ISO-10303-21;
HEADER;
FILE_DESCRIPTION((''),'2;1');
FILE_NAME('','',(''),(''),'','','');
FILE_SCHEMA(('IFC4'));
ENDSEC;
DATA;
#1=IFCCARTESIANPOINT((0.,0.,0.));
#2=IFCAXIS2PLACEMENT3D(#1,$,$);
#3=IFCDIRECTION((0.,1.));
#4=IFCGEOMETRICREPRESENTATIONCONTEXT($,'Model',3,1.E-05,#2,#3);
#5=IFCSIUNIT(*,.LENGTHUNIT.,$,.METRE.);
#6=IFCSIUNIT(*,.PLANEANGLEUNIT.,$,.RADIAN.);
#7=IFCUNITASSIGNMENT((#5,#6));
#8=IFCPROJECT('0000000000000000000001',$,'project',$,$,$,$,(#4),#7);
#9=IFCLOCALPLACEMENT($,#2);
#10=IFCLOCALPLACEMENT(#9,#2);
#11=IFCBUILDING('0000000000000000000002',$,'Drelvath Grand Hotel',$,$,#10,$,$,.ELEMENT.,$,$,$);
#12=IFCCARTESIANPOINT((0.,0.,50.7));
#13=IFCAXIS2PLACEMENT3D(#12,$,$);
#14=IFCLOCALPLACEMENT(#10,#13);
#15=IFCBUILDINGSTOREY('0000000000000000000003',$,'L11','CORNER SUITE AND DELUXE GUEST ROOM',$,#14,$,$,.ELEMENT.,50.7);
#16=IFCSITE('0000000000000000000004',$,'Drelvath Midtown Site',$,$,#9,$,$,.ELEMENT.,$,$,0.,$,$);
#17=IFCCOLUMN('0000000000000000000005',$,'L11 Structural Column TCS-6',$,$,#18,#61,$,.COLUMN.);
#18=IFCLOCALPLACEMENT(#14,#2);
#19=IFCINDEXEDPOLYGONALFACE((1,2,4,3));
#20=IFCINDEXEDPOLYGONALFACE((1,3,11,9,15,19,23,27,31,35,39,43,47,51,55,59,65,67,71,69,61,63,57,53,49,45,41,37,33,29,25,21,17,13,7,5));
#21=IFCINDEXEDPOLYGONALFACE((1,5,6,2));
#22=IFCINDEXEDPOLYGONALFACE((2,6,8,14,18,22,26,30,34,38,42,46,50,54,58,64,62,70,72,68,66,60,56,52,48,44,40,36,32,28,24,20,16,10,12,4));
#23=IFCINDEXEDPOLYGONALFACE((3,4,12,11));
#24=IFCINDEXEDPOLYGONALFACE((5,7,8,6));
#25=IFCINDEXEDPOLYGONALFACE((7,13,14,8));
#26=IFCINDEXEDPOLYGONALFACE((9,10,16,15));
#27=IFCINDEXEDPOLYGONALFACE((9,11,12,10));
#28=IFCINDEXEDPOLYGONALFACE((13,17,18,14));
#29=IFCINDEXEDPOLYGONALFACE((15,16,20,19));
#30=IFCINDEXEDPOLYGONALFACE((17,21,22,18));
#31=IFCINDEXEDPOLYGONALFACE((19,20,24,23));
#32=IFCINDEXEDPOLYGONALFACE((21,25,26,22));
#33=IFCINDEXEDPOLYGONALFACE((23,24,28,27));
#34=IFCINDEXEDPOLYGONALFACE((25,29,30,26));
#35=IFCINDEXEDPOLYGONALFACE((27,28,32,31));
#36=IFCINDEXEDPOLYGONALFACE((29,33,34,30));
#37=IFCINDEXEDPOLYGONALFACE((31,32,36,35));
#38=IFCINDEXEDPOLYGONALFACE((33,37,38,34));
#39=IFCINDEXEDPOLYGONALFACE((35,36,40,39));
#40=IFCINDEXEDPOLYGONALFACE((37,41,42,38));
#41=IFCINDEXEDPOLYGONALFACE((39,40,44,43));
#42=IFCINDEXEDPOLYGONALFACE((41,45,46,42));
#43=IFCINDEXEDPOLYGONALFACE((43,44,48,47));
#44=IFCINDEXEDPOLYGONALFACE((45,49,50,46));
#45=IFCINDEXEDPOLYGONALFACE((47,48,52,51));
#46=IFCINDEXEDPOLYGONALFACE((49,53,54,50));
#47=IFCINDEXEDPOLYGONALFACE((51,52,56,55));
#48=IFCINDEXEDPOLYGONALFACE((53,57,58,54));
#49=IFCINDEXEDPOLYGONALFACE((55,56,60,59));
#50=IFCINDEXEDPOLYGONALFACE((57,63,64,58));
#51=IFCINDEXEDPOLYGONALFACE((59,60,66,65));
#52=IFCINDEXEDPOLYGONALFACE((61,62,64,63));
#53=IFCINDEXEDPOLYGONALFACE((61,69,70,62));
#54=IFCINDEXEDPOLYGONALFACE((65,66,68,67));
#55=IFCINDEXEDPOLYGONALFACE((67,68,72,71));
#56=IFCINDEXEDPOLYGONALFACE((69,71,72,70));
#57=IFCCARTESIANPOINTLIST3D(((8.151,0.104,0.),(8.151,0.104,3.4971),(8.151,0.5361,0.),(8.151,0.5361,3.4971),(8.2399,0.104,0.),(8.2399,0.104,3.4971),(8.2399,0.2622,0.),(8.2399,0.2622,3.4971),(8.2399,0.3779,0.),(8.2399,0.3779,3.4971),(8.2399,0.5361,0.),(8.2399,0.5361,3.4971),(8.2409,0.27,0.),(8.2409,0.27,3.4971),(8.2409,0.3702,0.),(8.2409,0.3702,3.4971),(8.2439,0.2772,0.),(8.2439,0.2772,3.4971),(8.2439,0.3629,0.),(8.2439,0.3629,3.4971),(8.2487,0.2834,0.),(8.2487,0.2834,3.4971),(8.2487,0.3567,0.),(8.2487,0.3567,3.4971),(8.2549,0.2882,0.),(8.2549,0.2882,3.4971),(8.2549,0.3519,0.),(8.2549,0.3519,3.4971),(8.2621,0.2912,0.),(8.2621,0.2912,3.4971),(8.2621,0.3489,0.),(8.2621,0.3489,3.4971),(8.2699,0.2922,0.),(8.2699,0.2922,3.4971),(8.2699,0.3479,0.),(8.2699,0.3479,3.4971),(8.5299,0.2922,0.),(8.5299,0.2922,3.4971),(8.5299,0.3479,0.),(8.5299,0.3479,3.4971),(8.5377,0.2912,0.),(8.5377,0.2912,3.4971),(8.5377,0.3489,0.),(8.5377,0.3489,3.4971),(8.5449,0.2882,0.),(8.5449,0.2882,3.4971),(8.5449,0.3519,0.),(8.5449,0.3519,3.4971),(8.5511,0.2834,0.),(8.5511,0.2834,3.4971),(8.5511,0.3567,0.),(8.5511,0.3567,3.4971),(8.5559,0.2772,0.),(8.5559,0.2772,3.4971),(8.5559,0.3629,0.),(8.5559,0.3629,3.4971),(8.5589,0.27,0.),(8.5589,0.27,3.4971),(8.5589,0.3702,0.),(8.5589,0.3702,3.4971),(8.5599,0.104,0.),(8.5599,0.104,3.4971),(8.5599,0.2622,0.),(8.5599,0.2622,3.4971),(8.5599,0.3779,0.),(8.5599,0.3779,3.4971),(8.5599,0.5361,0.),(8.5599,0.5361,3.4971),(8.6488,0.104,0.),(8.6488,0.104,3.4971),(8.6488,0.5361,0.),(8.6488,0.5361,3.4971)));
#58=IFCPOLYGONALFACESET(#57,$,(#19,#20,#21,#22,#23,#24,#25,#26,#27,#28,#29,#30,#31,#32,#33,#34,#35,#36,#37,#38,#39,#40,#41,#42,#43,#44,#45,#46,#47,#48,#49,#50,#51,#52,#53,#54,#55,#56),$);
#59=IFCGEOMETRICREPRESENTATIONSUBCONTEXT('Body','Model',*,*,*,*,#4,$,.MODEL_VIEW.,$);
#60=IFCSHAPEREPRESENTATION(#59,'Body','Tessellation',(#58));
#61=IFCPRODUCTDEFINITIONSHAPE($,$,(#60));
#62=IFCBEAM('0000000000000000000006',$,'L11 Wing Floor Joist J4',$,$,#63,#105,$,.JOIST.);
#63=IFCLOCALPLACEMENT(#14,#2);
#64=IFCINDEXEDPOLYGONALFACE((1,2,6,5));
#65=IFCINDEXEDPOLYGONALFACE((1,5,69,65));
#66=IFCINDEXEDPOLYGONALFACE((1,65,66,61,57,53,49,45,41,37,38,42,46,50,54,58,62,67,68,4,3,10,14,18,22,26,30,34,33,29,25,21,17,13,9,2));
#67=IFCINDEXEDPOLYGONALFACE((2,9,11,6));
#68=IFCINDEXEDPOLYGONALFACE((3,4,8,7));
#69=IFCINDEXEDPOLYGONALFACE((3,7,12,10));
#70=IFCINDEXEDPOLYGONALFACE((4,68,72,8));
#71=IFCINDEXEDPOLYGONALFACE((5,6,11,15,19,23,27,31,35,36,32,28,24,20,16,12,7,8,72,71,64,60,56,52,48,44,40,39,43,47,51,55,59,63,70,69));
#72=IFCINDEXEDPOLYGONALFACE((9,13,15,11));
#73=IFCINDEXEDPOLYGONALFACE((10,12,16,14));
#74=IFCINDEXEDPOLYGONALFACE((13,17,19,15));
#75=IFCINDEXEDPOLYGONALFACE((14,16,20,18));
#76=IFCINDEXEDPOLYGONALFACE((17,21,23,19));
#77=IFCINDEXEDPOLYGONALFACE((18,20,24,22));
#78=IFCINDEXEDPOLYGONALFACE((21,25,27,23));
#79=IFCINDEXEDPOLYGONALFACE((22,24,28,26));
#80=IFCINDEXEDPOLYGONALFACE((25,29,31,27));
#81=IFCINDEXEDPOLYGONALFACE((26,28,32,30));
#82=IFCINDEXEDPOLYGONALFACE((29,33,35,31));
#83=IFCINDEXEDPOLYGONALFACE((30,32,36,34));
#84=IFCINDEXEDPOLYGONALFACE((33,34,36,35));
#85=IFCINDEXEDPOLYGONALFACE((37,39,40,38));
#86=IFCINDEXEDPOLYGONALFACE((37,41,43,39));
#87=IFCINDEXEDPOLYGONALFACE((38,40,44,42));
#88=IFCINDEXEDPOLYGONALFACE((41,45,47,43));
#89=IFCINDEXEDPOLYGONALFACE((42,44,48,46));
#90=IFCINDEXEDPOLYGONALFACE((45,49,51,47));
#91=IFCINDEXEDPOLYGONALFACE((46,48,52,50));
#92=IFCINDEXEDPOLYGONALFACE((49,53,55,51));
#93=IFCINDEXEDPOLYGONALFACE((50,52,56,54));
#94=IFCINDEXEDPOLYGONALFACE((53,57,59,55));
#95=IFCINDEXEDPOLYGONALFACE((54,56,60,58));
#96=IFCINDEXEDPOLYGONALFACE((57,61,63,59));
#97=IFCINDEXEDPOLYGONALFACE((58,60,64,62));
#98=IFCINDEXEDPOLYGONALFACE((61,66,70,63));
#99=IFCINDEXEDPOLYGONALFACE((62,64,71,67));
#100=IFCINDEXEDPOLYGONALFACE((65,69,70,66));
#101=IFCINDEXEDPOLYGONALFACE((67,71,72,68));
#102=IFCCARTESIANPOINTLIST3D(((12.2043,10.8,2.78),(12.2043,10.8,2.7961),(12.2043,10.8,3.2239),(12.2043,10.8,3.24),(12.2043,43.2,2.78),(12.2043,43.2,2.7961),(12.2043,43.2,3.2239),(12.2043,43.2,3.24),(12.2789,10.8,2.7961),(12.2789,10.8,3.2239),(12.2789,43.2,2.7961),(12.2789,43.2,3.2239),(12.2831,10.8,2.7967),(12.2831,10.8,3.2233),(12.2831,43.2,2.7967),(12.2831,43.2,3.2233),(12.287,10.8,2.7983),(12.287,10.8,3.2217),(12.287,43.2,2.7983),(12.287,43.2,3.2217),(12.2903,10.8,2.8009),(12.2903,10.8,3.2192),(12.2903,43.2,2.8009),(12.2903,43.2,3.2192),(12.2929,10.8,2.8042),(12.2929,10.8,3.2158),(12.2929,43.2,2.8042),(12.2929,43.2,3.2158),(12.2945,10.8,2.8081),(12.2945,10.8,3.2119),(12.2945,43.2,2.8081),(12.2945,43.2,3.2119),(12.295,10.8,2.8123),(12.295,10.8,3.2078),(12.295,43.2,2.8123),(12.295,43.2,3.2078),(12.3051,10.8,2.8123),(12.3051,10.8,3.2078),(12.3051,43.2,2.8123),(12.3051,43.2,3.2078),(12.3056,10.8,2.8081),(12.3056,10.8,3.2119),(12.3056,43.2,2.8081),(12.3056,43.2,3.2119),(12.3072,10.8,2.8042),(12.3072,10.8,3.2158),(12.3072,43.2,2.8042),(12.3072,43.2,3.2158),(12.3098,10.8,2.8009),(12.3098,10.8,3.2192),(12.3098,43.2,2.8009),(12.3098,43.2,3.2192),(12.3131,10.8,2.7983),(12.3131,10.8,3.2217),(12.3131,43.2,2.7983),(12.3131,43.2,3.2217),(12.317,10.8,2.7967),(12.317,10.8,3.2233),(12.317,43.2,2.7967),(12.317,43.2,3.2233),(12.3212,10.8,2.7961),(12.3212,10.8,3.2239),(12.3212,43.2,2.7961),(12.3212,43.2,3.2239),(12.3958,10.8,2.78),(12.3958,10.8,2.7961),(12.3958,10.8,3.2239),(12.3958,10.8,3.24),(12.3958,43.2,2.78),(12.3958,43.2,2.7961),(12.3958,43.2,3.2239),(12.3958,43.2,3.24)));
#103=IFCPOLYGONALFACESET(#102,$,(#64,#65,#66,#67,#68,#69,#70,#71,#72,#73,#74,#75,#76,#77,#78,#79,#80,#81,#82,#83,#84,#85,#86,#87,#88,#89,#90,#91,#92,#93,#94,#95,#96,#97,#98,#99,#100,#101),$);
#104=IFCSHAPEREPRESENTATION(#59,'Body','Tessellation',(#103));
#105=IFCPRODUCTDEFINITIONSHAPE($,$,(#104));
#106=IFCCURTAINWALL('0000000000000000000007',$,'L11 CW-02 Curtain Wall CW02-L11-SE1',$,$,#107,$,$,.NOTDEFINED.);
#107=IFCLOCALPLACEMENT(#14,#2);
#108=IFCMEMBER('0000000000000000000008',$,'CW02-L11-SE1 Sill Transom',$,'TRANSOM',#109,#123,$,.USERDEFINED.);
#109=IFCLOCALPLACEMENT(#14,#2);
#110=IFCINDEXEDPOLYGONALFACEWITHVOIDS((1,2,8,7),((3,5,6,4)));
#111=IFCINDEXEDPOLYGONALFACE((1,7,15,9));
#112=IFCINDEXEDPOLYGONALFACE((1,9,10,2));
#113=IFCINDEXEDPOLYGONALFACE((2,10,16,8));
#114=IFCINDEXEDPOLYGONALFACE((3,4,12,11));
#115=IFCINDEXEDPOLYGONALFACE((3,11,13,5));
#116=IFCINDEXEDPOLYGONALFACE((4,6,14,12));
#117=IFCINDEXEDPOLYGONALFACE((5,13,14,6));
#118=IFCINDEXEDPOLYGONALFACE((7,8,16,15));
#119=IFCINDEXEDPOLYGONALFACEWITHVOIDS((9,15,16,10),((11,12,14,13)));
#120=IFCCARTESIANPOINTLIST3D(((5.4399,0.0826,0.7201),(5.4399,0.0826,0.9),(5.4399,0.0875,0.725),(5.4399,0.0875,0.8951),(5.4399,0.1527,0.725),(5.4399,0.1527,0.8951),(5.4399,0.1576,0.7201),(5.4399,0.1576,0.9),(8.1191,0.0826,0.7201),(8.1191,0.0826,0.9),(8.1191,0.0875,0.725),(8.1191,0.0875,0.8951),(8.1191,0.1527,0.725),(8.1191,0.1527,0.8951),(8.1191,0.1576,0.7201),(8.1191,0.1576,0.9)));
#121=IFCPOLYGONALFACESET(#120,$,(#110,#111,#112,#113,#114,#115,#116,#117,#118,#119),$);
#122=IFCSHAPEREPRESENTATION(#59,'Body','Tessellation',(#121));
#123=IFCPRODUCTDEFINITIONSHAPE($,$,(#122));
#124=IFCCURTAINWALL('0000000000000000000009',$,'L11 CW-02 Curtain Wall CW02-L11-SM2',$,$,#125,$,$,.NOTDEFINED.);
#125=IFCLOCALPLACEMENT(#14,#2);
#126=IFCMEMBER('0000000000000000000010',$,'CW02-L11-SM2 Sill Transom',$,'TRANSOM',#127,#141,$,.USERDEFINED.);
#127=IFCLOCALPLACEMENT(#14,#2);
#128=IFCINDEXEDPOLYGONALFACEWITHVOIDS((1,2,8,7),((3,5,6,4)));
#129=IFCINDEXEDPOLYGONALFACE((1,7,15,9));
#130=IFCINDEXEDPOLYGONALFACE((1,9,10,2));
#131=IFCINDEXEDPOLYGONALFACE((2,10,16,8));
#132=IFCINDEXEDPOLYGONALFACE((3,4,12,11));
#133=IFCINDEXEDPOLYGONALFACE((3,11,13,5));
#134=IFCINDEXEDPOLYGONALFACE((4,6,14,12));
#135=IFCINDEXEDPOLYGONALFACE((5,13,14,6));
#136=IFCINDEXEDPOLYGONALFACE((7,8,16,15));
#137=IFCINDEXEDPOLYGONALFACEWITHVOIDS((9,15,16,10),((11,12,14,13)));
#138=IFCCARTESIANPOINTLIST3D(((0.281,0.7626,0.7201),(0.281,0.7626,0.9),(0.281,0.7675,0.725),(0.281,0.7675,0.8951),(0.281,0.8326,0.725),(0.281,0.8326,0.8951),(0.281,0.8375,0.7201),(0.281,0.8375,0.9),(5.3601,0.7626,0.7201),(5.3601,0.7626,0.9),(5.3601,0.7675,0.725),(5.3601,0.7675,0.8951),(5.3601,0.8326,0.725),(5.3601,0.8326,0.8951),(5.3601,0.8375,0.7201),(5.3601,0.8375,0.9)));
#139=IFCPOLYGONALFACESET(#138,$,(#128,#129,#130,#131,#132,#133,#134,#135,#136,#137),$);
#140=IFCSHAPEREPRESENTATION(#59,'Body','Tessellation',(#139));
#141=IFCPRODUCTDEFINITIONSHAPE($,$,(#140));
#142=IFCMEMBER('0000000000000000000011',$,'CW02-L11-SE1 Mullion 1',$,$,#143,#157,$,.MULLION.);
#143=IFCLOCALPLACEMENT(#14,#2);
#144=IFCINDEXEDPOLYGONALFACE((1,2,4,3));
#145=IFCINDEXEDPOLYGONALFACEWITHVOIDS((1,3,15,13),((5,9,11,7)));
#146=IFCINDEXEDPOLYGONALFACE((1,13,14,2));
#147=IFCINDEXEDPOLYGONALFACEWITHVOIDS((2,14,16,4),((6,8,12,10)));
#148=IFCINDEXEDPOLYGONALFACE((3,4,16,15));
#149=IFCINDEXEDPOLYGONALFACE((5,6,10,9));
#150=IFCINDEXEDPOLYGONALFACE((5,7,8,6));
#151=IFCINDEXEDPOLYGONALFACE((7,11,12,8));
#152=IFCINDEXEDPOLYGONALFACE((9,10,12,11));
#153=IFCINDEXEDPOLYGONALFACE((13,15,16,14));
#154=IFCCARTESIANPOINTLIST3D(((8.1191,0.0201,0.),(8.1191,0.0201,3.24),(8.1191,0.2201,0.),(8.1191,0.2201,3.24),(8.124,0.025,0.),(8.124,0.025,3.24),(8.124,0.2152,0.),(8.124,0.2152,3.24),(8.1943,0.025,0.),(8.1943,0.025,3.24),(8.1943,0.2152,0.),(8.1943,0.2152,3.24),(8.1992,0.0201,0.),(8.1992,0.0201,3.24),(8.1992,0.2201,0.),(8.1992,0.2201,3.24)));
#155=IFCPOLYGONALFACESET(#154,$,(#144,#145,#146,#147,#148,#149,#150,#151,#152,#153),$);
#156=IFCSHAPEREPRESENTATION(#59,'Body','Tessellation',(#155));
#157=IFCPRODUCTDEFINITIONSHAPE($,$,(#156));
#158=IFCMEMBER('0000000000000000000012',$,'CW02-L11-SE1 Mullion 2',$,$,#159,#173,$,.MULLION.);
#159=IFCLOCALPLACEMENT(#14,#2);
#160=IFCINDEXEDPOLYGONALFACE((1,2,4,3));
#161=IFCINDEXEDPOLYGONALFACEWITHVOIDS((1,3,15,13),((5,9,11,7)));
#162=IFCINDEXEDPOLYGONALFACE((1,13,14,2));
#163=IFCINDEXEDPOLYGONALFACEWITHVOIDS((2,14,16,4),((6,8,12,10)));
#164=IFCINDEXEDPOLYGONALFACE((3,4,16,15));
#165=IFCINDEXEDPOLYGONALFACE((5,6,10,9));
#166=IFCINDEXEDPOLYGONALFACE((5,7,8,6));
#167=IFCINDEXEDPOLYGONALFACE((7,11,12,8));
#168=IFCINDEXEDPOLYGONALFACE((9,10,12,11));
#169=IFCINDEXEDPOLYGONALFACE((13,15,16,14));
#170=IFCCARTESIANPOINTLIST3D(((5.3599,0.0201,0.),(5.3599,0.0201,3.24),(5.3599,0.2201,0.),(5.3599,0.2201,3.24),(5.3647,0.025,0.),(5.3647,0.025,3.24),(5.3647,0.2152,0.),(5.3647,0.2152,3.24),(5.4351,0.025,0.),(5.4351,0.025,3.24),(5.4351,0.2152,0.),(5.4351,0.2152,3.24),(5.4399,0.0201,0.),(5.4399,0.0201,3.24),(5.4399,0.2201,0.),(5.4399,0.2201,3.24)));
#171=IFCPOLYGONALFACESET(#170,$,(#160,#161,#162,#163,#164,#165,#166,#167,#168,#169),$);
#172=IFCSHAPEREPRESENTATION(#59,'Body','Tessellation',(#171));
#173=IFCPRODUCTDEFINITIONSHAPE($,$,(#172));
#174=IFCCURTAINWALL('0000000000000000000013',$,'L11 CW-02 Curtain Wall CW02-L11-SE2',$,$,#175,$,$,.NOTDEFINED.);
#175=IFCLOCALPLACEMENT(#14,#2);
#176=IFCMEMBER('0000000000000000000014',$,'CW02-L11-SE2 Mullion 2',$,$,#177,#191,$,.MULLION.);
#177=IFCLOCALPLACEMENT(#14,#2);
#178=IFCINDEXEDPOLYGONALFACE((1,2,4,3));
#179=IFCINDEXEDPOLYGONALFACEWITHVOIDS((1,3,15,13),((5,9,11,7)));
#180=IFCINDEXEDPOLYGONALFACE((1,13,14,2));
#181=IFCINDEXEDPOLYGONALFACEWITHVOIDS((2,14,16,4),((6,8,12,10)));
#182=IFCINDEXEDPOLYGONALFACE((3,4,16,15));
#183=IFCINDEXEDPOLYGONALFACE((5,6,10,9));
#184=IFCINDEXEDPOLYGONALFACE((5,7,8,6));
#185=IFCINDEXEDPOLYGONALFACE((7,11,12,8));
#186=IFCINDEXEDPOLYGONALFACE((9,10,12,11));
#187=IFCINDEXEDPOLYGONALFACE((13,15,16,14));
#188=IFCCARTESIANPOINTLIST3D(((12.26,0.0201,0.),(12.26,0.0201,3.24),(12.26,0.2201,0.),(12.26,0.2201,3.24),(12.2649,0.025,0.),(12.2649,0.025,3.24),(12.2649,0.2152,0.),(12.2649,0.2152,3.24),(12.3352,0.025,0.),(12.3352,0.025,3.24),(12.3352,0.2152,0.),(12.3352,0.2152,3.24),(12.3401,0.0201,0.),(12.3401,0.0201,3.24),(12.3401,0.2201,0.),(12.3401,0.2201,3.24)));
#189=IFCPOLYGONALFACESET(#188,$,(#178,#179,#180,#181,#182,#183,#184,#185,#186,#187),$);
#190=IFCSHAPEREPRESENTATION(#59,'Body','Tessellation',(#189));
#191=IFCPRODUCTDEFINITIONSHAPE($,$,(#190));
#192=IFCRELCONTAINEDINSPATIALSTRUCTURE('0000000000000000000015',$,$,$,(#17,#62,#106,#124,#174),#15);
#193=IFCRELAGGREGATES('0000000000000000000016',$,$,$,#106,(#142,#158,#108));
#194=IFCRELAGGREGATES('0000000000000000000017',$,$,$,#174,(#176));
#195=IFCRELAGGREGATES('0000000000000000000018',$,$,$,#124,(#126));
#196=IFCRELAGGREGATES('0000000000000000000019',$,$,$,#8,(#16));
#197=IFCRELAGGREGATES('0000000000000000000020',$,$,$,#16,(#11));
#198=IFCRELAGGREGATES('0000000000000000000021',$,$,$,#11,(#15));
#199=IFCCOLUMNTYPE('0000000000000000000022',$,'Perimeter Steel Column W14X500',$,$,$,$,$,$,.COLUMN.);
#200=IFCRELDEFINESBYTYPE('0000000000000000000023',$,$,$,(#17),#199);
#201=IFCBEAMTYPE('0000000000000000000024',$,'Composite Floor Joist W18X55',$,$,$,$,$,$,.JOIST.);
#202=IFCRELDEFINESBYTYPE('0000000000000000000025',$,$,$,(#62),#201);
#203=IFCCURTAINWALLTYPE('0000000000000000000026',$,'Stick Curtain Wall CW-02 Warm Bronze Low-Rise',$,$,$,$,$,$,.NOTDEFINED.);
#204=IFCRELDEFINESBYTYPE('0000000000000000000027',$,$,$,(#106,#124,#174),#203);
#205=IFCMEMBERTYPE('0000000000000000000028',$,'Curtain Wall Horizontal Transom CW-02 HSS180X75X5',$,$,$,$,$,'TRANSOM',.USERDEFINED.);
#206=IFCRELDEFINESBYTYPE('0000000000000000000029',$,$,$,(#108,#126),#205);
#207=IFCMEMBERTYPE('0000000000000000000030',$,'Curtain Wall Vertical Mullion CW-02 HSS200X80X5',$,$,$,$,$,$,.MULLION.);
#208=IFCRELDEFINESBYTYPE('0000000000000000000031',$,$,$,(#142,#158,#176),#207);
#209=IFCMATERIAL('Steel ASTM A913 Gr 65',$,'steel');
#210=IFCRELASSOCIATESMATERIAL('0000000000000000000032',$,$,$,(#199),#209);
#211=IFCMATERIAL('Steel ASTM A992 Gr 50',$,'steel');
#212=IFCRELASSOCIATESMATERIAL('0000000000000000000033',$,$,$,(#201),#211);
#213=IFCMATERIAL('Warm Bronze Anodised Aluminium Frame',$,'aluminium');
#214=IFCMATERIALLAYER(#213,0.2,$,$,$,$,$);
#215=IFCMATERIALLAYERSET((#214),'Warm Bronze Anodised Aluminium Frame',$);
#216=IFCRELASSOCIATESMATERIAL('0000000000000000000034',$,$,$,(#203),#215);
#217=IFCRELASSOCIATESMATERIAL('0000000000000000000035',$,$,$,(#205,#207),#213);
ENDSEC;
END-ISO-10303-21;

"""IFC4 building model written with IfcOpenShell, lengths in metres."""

from ifc_helpers import new_model, si_unit, direction, frame, origin, origin_2d, place, context, subcontext, project, spatial, hollow_rectangle, i_section, extrude, material, layer, layer_set, material_profile, profile_set, type_object, element, aggregate, save


model = new_model("IFC4")

# Units and contexts
model_context = context("Model", 3, precision=1e-05, world=origin(), true_north=direction((0.0, 1.0)))
body_context = subcontext(model_context, "Body", "Model", "MODEL_VIEW")
ifc_project = project(units=[si_unit("LENGTHUNIT", "METRE"), si_unit("PLANEANGLEUNIT", "RADIAN")], contexts=[model_context])

# Site, building, storey
site_placement = place(None, origin())
site = spatial("IfcSite", under=ifc_project, at=site_placement, Name="Drelvath Midtown Site", CompositionType="ELEMENT", RefElevation=0.0)
building_placement = place(site_placement, origin())
building = spatial("IfcBuilding", under=site, at=building_placement, Name="Drelvath Grand Hotel", CompositionType="ELEMENT")
storey_placement = place(building_placement, frame((0.0, 0.0, 50.7)))
storey = spatial("IfcBuildingStorey", under=building, at=storey_placement, Name="L11", Description="CORNER SUITE AND DELUXE GUEST ROOM", CompositionType="ELEMENT", Elevation=50.7)

# Column
ifc_material_1 = material(Name="Steel ASTM A913 Gr 65", Category="steel")
ifc_material_profile_1 = material_profile(ifc_material_1, i_section(OverallWidth=0.4321, OverallDepth=0.4978, WebThickness=0.0557, FlangeThickness=0.0889, FilletRadius=0.03, at=origin_2d()), Name="W14X500")
ifc_profile_set_1 = profile_set([ifc_material_profile_1], Name="Steel ASTM A913 Gr 65")
column_type = type_object("IfcColumnType", Name="Perimeter Steel Column W14X500", PredefinedType="COLUMN", material=ifc_profile_set_1)
column_placement = place(storey_placement, frame((8.3999, 0.3201, 0.0), z_axis=(0.0, 0.0, 1.0), x_axis=(0.0, 1.0, 0.0)))
element("IfcColumn", 1, at=column_placement, inside=storey, type_object=column_type, Name="L11 Structural Column TCS-6", PredefinedType="COLUMN", context=body_context, shape_type="SweptSolid", body=[
    extrude(i_section(OverallWidth=0.4321, OverallDepth=0.4978, WebThickness=0.0557, FlangeThickness=0.0889, FilletRadius=0.03, at=origin_2d()), origin(), (0.0, 0.0, 1.0), 3.4971),
])

# Beam
ifc_material_2 = material(Name="Steel ASTM A992 Gr 50", Category="steel")
ifc_material_profile_2 = material_profile(ifc_material_2, i_section(OverallWidth=0.1914, OverallDepth=0.46, WebThickness=0.01, FlangeThickness=0.0161, FilletRadius=0.0161, at=origin_2d()), Name="W18X55")
ifc_profile_set_2 = profile_set([ifc_material_profile_2], Name="Steel ASTM A992 Gr 50")
beam_type_1 = type_object("IfcBeamType", Name="Composite Floor Joist W18X55", PredefinedType="JOIST", material=ifc_profile_set_2)
beam_1_placement = place(storey_placement, frame((12.3, 10.8, 3.01), z_axis=(0.0, 1.0, 0.0), x_axis=(-1.0, 0.0, 0.0)))
element("IfcBeam", 2, at=beam_1_placement, inside=storey, type_object=beam_type_1, Name="L11 Wing Floor Joist J4", PredefinedType="JOIST", context=body_context, shape_type="SweptSolid", body=[
    extrude(i_section(OverallWidth=0.1914, OverallDepth=0.46, WebThickness=0.01, FlangeThickness=0.0161, FilletRadius=0.0161, at=origin_2d()), origin(), (0.0, 0.0, 1.0), 32.3999),
])

# Curtain walls, members
ifc_material_3 = material(Name="Warm Bronze Anodised Aluminium Frame", Category="aluminium")
ifc_layer_1 = layer(ifc_material_3, 0.2)
ifc_layer_set_1 = layer_set([ifc_layer_1], Name="Warm Bronze Anodised Aluminium Frame")
curtain_wall_type = type_object("IfcCurtainWallType", Name="Stick Curtain Wall CW-02 Warm Bronze Low-Rise", PredefinedType="NOTDEFINED", material=ifc_layer_set_1)
curtain_wall_1_placement = place(storey_placement, origin())
curtain_wall_1 = element("IfcCurtainWall", 3, at=curtain_wall_1_placement, inside=storey, type_object=curtain_wall_type, Name="L11 CW-02 Curtain Wall CW02-L11-SE1", PredefinedType="NOTDEFINED")
ifc_material_profile_3 = material_profile(ifc_material_3, hollow_rectangle(XDim=0.075, YDim=0.1799, WallThickness=0.0049, at=origin_2d()), Name="HSS180X75X5")
ifc_profile_set_3 = profile_set([ifc_material_profile_3], Name="Warm Bronze Anodised Aluminium Frame")
member_type_1 = type_object("IfcMemberType", Name="Curtain Wall Horizontal Transom CW-02 HSS180X75X5", ElementType="TRANSOM", PredefinedType="USERDEFINED", material=ifc_profile_set_3)
member_1_placement = place(storey_placement, frame((8.1191, 0.1201, 0.8101), z_axis=(-1.0, 0.0, 0.0), x_axis=(0.0, -1.0, 0.0)))
member_1 = element("IfcMember", 4, at=member_1_placement, type_object=member_type_1, Name="CW02-L11-SE1 Sill Transom", ObjectType="TRANSOM", PredefinedType="USERDEFINED", context=body_context, shape_type="SweptSolid", body=[
    extrude(hollow_rectangle(XDim=0.075, YDim=0.1799, WallThickness=0.0049, at=origin_2d()), origin(), (0.0, 0.0, 1.0), 2.6792),
])
curtain_wall_2_placement = place(storey_placement, origin())
curtain_wall_2 = element("IfcCurtainWall", 5, at=curtain_wall_2_placement, inside=storey, type_object=curtain_wall_type, Name="L11 CW-02 Curtain Wall CW02-L11-SM2", PredefinedType="NOTDEFINED")
member_2_placement = place(storey_placement, frame((5.3601, 0.8, 0.8101), z_axis=(-1.0, 0.0, 0.0), x_axis=(0.0, -1.0, 0.0)))
member_2 = element("IfcMember", 6, at=member_2_placement, type_object=member_type_1, Name="CW02-L11-SM2 Sill Transom", ObjectType="TRANSOM", PredefinedType="USERDEFINED", context=body_context, shape_type="SweptSolid", body=[
    extrude(hollow_rectangle(XDim=0.075, YDim=0.1799, WallThickness=0.0049, at=origin_2d()), origin(), (0.0, 0.0, 1.0), 5.0791),
])

# Members
ifc_material_profile_4 = material_profile(ifc_material_3, hollow_rectangle(XDim=0.0801, YDim=0.2, WallThickness=0.0049, at=origin_2d()), Name="HSS200X80X5")
ifc_profile_set_4 = profile_set([ifc_material_profile_4], Name="Warm Bronze Anodised Aluminium Frame")
member_type_2 = type_object("IfcMemberType", Name="Curtain Wall Vertical Mullion CW-02 HSS200X80X5", PredefinedType="MULLION", material=ifc_profile_set_4)
member_3_placement = place(storey_placement, frame((8.1592, 0.1201, 0.0), z_axis=(0.0, 0.0, 1.0), x_axis=(1.0, 0.0, 0.0)))
member_3 = element("IfcMember", 7, at=member_3_placement, type_object=member_type_2, Name="CW02-L11-SE1 Mullion 1", PredefinedType="MULLION", context=body_context, shape_type="SweptSolid", body=[
    extrude(hollow_rectangle(XDim=0.0801, YDim=0.2, WallThickness=0.0049, at=origin_2d()), origin(), (0.0, 0.0, 1.0), 3.24),
])
member_4_placement = place(storey_placement, frame((5.3999, 0.1201, 0.0), z_axis=(0.0, 0.0, 1.0), x_axis=(1.0, 0.0, 0.0)))
member_4 = element("IfcMember", 8, at=member_4_placement, type_object=member_type_2, Name="CW02-L11-SE1 Mullion 2", PredefinedType="MULLION", context=body_context, shape_type="SweptSolid", body=[
    extrude(hollow_rectangle(XDim=0.0801, YDim=0.2, WallThickness=0.0049, at=origin_2d()), origin(), (0.0, 0.0, 1.0), 3.24),
])

# Curtain wall, member
curtain_wall_3_placement = place(storey_placement, origin())
curtain_wall_3 = element("IfcCurtainWall", 9, at=curtain_wall_3_placement, inside=storey, type_object=curtain_wall_type, Name="L11 CW-02 Curtain Wall CW02-L11-SE2", PredefinedType="NOTDEFINED")
member_5_placement = place(storey_placement, frame((12.3, 0.1201, 0.0), z_axis=(0.0, 0.0, 1.0), x_axis=(1.0, 0.0, 0.0)))
member_5 = element("IfcMember", 10, at=member_5_placement, type_object=member_type_2, Name="CW02-L11-SE2 Mullion 2", PredefinedType="MULLION", context=body_context, shape_type="SweptSolid", body=[
    extrude(hollow_rectangle(XDim=0.0801, YDim=0.2, WallThickness=0.0049, at=origin_2d()), origin(), (0.0, 0.0, 1.0), 3.24),
])

aggregate(curtain_wall_1, [member_3, member_4, member_1])
aggregate(curtain_wall_3, [member_5])
aggregate(curtain_wall_2, [member_2])

save(model, "model.ifc")
